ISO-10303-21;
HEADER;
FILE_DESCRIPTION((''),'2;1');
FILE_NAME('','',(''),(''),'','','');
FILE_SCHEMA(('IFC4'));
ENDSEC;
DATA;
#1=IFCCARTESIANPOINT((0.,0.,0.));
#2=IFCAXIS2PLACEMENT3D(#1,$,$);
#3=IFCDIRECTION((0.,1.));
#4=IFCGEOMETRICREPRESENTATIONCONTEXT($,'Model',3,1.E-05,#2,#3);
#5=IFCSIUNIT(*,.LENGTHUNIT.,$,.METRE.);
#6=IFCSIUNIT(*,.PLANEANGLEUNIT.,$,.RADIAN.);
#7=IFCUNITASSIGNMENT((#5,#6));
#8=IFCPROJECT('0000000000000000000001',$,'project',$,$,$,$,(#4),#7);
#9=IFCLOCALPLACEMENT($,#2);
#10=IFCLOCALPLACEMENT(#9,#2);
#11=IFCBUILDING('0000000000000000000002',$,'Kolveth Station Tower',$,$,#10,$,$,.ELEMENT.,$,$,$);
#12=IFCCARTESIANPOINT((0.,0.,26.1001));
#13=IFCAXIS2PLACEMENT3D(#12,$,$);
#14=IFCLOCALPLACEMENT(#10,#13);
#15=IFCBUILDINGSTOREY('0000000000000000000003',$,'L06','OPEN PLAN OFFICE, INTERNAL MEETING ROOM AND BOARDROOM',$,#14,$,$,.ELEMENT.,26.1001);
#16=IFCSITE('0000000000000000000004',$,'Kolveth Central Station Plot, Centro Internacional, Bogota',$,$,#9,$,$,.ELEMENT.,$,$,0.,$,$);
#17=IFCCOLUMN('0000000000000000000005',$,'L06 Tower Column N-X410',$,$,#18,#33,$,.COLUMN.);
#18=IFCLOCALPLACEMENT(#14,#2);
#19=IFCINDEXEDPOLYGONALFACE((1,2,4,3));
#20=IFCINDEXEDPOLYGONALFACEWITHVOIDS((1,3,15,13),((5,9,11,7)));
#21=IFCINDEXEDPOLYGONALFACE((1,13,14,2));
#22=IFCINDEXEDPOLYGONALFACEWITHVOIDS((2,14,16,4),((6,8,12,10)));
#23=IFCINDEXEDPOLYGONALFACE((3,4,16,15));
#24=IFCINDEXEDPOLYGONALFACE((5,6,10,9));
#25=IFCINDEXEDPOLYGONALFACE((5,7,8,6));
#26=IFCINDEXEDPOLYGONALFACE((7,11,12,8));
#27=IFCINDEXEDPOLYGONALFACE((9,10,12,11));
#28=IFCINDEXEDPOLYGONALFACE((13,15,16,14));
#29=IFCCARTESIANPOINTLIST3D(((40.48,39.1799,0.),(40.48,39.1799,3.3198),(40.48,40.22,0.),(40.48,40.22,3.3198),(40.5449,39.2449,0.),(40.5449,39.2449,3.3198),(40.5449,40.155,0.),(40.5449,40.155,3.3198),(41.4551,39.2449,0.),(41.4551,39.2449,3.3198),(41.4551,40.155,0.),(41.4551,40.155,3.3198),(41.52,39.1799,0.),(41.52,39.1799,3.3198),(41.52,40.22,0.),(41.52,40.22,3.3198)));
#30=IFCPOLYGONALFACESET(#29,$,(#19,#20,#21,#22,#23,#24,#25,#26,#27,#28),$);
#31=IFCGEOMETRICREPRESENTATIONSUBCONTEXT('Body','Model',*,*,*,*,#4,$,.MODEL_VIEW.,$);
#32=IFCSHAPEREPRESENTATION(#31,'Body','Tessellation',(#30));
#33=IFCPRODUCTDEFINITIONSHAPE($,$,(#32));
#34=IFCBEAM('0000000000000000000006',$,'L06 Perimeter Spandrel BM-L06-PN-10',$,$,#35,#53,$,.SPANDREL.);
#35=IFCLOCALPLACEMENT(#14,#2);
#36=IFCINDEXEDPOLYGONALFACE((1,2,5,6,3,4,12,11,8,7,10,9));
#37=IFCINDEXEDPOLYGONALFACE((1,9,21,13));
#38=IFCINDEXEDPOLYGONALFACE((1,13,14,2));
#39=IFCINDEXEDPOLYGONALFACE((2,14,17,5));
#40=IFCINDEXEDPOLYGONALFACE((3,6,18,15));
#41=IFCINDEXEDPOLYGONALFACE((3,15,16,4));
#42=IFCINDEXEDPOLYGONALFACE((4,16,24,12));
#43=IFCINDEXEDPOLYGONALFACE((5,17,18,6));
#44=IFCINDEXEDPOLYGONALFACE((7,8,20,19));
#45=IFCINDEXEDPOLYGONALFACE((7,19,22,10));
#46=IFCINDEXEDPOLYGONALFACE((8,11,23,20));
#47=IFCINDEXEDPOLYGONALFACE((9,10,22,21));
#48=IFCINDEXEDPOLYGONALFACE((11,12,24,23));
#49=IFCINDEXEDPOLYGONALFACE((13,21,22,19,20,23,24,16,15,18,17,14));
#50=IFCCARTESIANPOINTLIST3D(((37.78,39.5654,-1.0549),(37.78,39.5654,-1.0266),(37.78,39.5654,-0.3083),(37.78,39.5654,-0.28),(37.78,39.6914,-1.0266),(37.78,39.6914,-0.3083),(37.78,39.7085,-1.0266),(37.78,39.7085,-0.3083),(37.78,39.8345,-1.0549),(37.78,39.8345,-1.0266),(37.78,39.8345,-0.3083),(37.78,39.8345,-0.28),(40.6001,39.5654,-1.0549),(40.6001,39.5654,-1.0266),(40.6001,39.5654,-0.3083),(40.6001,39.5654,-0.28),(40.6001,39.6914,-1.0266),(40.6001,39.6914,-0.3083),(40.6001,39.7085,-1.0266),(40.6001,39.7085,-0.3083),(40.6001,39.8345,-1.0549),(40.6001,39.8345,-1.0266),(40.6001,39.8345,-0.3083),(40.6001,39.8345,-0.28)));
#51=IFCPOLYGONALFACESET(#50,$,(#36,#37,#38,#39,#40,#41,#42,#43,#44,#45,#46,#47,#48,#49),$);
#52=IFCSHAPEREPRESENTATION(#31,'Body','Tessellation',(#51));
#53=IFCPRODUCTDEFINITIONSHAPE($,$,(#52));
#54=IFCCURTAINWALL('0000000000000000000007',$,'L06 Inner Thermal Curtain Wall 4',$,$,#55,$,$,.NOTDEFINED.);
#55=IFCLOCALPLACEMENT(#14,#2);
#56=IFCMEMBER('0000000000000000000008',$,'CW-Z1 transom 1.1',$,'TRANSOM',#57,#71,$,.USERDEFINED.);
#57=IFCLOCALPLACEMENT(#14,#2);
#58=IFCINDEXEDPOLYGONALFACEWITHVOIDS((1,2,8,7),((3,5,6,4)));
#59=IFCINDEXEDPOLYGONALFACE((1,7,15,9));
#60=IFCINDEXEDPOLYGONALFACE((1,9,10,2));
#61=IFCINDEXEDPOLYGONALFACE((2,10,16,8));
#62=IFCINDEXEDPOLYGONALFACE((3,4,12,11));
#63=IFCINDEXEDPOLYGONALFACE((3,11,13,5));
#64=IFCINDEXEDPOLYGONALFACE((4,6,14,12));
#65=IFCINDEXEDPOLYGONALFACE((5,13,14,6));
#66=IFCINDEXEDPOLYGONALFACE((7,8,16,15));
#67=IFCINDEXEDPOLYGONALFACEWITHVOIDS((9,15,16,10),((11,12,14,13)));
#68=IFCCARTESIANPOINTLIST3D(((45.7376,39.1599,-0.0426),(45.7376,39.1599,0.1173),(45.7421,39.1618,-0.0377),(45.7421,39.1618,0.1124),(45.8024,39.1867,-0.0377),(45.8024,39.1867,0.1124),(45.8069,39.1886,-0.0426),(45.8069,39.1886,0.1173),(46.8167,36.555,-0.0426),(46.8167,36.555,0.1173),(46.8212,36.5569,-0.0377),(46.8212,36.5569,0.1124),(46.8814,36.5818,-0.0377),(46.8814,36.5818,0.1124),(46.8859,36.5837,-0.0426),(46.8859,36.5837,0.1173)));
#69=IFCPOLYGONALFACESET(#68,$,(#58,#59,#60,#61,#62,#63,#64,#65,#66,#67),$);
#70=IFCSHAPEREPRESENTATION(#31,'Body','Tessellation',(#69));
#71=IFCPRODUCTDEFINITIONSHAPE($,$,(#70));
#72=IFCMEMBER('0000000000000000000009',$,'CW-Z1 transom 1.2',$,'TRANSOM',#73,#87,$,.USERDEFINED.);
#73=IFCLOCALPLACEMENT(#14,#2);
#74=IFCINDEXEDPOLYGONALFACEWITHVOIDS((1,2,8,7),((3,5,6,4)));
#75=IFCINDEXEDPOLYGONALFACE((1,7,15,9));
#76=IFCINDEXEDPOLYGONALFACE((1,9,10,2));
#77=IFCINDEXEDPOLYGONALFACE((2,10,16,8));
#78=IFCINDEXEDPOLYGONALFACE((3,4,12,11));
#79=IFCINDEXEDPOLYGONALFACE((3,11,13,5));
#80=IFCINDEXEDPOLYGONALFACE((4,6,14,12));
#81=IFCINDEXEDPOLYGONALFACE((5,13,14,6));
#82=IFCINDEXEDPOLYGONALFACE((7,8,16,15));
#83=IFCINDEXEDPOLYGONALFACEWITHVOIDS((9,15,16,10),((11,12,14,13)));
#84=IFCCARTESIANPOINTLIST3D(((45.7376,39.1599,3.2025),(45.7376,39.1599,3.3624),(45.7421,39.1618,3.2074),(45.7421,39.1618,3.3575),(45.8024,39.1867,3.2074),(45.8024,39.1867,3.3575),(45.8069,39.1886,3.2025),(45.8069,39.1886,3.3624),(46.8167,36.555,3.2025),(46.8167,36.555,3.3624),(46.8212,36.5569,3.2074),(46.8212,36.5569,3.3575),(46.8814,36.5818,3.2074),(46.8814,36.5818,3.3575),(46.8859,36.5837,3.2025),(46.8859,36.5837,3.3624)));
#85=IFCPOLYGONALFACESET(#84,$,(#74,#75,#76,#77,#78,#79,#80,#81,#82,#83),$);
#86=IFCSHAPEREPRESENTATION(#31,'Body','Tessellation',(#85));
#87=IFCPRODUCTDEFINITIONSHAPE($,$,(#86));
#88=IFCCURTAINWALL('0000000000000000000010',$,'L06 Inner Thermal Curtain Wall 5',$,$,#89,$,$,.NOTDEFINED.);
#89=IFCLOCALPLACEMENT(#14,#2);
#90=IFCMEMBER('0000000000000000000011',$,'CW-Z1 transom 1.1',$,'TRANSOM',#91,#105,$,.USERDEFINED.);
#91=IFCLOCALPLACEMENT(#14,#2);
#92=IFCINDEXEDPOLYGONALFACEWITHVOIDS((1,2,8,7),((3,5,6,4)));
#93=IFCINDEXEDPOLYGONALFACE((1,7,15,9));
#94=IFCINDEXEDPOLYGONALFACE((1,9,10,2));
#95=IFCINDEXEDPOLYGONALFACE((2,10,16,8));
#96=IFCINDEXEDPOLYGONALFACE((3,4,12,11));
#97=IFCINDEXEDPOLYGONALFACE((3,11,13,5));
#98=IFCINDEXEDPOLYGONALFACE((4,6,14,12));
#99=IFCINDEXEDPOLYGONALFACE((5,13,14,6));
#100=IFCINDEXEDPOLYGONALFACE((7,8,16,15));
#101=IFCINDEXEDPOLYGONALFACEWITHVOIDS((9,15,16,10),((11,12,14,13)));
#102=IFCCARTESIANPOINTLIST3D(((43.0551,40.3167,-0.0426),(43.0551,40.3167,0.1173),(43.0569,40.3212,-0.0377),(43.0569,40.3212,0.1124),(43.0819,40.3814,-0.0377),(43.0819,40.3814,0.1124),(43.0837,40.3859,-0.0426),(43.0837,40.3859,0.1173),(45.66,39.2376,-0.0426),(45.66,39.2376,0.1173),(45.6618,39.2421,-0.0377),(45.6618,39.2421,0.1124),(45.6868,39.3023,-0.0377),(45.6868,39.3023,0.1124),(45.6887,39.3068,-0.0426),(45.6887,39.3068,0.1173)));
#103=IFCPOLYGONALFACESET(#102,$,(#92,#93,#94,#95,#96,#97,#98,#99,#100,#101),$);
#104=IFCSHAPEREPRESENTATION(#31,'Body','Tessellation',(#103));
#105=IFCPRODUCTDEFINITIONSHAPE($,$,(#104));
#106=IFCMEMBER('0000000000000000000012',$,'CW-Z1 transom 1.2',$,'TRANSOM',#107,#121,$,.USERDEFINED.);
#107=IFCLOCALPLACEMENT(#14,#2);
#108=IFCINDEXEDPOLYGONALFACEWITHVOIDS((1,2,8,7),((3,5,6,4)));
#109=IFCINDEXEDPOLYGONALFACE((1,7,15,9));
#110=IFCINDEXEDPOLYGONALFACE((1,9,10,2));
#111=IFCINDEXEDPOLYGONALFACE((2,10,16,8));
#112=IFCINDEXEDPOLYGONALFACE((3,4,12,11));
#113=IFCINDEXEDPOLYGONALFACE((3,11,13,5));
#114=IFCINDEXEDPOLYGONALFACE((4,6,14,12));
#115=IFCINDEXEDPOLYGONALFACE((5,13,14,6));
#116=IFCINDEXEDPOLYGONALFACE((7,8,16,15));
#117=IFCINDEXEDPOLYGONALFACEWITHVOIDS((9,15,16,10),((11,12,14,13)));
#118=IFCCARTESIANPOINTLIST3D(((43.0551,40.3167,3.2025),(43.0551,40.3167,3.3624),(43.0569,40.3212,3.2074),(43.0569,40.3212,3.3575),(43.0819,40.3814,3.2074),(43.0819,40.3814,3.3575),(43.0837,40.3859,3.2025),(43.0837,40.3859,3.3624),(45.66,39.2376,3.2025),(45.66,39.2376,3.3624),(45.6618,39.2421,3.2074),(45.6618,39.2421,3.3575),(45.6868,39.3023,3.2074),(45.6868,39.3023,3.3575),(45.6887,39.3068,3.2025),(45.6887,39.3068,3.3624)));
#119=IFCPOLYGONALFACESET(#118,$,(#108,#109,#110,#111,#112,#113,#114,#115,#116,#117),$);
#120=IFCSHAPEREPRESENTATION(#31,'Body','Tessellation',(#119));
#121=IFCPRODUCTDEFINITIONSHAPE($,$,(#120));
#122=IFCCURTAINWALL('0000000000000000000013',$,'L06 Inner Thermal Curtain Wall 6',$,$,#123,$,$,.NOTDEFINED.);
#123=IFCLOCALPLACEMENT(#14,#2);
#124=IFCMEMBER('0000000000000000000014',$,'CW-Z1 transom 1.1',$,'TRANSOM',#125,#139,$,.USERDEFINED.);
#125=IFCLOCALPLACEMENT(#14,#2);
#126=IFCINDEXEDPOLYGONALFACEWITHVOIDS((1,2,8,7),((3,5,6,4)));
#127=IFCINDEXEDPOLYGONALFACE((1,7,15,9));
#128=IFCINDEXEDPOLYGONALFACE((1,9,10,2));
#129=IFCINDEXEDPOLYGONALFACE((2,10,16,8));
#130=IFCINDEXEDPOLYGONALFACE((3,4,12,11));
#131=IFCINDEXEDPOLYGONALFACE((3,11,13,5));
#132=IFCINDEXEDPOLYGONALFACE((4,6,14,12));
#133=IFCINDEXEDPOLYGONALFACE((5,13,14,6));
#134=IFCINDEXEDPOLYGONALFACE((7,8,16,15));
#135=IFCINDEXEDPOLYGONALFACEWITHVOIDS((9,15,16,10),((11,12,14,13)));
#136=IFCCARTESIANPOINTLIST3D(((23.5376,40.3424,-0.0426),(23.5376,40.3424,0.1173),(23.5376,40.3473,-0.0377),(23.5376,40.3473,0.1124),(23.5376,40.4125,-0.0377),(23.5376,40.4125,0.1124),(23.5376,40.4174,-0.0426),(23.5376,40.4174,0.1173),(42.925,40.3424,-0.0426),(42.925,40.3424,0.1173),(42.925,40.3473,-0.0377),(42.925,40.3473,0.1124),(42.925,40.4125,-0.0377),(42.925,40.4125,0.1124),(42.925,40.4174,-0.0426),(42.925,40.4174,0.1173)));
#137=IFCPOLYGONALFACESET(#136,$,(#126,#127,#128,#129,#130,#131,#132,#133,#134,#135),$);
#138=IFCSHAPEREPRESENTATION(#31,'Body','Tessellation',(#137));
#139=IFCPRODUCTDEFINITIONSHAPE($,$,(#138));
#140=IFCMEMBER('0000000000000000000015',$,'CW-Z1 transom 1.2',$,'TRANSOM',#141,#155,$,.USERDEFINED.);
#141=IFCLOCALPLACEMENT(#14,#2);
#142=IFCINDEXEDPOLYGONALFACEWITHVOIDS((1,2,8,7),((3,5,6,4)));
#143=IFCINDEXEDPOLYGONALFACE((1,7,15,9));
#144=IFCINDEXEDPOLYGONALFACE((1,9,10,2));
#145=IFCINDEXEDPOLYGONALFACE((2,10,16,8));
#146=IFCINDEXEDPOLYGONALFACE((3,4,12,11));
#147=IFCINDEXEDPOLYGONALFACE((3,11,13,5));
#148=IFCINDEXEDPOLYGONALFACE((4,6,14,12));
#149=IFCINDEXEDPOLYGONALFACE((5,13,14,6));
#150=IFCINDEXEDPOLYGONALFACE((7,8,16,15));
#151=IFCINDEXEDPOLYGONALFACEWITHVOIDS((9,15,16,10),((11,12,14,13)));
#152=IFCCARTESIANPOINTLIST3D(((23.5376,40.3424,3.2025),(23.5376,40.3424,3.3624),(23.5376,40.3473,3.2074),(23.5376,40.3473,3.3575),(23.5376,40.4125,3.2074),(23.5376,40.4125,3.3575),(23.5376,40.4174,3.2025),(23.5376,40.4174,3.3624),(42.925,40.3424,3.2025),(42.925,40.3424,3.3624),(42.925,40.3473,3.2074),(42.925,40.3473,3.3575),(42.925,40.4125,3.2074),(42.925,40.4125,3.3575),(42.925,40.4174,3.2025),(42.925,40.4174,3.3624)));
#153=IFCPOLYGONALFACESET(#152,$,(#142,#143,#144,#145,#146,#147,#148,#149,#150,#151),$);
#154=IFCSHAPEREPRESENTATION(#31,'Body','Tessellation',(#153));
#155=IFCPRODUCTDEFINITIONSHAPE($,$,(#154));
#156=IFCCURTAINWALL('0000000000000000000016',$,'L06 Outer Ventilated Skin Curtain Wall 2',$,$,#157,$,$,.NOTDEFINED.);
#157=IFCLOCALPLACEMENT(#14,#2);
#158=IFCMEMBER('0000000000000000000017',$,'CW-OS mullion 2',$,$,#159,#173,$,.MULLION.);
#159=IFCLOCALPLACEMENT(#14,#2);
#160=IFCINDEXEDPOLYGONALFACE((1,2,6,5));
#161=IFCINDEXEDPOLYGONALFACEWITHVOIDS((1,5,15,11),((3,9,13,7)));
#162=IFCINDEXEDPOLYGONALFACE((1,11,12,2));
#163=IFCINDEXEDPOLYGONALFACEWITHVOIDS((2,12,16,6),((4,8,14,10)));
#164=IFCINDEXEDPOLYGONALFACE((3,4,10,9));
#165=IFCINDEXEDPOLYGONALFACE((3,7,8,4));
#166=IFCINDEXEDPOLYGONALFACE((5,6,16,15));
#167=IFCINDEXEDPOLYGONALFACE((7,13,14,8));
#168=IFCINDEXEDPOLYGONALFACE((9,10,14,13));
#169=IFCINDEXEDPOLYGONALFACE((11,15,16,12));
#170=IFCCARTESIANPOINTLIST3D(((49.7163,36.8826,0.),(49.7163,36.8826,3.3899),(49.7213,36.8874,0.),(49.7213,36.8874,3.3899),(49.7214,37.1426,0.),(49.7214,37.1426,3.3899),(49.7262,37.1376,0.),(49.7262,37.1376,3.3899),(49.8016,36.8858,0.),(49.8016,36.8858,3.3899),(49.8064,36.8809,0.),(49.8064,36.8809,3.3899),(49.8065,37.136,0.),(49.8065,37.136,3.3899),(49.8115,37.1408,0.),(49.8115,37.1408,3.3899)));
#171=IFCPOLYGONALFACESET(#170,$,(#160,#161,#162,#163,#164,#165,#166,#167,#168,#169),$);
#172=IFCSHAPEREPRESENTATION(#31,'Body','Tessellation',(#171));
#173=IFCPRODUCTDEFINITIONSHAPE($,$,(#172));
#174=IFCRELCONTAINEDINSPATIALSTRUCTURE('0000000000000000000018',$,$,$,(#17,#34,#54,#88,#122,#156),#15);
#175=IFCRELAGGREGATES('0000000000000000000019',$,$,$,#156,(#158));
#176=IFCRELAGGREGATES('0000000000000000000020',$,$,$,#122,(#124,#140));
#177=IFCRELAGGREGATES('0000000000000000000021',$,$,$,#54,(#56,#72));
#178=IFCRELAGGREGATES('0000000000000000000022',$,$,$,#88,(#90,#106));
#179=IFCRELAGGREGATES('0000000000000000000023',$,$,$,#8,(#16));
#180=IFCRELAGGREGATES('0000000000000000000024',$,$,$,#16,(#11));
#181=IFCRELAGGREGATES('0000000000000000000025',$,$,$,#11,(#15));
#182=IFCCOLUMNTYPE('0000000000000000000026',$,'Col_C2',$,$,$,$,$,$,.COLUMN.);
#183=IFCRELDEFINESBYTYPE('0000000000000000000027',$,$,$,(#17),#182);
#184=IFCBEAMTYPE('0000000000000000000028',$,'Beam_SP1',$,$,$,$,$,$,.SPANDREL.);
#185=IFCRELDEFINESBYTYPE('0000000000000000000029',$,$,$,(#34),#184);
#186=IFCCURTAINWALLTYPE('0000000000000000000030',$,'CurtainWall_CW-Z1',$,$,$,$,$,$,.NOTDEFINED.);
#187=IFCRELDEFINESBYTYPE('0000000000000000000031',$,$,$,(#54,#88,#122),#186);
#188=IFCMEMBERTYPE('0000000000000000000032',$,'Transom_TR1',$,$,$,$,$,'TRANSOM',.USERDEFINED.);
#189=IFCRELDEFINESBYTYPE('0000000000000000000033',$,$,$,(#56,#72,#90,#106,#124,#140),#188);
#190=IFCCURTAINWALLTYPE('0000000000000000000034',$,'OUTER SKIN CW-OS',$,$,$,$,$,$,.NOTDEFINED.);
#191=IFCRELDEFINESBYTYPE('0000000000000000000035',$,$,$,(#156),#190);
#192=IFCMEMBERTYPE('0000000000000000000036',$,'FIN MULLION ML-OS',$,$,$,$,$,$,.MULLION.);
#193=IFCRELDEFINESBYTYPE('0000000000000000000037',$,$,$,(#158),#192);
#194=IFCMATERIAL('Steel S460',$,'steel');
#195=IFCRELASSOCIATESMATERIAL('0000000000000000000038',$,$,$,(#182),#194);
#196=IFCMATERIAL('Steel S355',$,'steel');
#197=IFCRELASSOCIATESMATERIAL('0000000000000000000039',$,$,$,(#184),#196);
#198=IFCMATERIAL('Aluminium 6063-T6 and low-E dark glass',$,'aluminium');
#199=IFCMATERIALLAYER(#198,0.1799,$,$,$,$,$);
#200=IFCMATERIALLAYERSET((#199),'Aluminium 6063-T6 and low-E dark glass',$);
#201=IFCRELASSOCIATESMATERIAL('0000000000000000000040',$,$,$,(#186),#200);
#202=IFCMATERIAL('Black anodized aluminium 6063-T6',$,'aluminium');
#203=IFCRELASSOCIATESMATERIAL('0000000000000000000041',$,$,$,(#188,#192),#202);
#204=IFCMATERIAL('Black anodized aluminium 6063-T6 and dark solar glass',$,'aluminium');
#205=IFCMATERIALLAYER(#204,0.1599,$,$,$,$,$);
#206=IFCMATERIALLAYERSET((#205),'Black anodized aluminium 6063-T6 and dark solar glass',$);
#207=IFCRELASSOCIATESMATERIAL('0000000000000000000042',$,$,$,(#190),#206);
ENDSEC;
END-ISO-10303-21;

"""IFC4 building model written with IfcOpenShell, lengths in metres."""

from ifc_helpers import new_model, si_unit, direction, frame, origin, origin_2d, place, context, subcontext, project, spatial, hollow_rectangle, i_section, extrude, source, transform, mapped, material, layer, layer_set, material_profile, profile_set, type_object, element, aggregate, save


model = new_model("IFC4")

# Units and contexts
model_context = context("Model", 3, precision=1e-05, world=origin(), true_north=direction((0.0, 1.0)))
body_context = subcontext(model_context, "Body", "Model", "MODEL_VIEW")
ifc_project = project(units=[si_unit("LENGTHUNIT", "METRE"), si_unit("PLANEANGLEUNIT", "RADIAN")], contexts=[model_context])

# Site, building, storey
site_placement = place(None, origin())
site = spatial("IfcSite", under=ifc_project, at=site_placement, Name="Kolveth Central Station Plot, Centro Internacional, Bogota", CompositionType="ELEMENT", RefElevation=0.0)
building_placement = place(site_placement, origin())
building = spatial("IfcBuilding", under=site, at=building_placement, Name="Kolveth Station Tower", CompositionType="ELEMENT")
storey_placement = place(building_placement, frame((0.0, 0.0, 26.1001)))
storey = spatial("IfcBuildingStorey", under=building, at=storey_placement, Name="L06", Description="OPEN PLAN OFFICE, INTERNAL MEETING ROOM AND BOARDROOM", CompositionType="ELEMENT", Elevation=26.1001)

# Column
ifc_material_1 = material(Name="Steel S460", Category="steel")
ifc_material_profile_1 = material_profile(ifc_material_1, hollow_rectangle(XDim=1.04, YDim=1.04, WallThickness=0.0649, at=origin_2d()), Name="BOX1040x1040x65")
ifc_profile_set_1 = profile_set([ifc_material_profile_1], Name="Steel S460")
column_type = type_object("IfcColumnType", Name="Col_C2", PredefinedType="COLUMN", material=ifc_profile_set_1)
shared_shape_1 = source(origin(), body_context, "Body", "SweptSolid", [
    extrude(hollow_rectangle(XDim=1.04, YDim=1.04, WallThickness=0.0649, at=origin_2d()), origin(), (0.0, 0.0, 1.0), 3.3198),
])
column_placement = place(storey_placement, frame((41.0, 39.7, 0.0), z_axis=(0.0, 0.0, 1.0), x_axis=(1.0, 0.0, 0.0)))
element("IfcColumn", 1, at=column_placement, inside=storey, type_object=column_type, Name="L06 Tower Column N-X410", PredefinedType="COLUMN", context=body_context, shape_type="MappedRepresentation", body=[
    mapped(shared_shape_1, transform((0.0, 0.0, 0.0), x_axis=(1.0, 0.0, 0.0), y_axis=(0.0, 1.0, 0.0), z_axis=(0.0, 0.0, 1.0), scale=1.0)),
])

# Beam
ifc_material_2 = material(Name="Steel S355", Category="steel")
ifc_material_profile_2 = material_profile(ifc_material_2, i_section(OverallWidth=0.269, OverallDepth=0.7749, WebThickness=0.0171, FlangeThickness=0.0283, at=origin_2d()), Name="W760x220")
ifc_profile_set_2 = profile_set([ifc_material_profile_2], Name="Steel S355")
beam_type = type_object("IfcBeamType", Name="Beam_SP1", PredefinedType="SPANDREL", material=ifc_profile_set_2)
shared_shape_2 = source(origin(), body_context, "Body", "SweptSolid", [
    extrude(i_section(OverallWidth=0.269, OverallDepth=0.7749, WebThickness=0.0171, FlangeThickness=0.0283, at=origin_2d()), origin(), (0.0, 0.0, 1.0), 2.8201),
])
beam_placement = place(storey_placement, frame((37.78, 39.7, -0.6675), z_axis=(1.0, 0.0, 0.0), x_axis=(0.0, 1.0, 0.0)))
element("IfcBeam", 2, at=beam_placement, inside=storey, type_object=beam_type, Name="L06 Perimeter Spandrel BM-L06-PN-10", PredefinedType="SPANDREL", context=body_context, shape_type="MappedRepresentation", body=[
    mapped(shared_shape_2, transform((0.0, 0.0, 0.0), x_axis=(1.0, 0.0, 0.0), y_axis=(0.0, 1.0, 0.0), z_axis=(0.0, 0.0, 1.0), scale=1.0)),
])

# Curtain walls, members
ifc_material_3 = material(Name="Aluminium 6063-T6 and low-E dark glass", Category="aluminium")
ifc_layer_1 = layer(ifc_material_3, 0.1799)
ifc_layer_set_1 = layer_set([ifc_layer_1], Name="Aluminium 6063-T6 and low-E dark glass")
curtain_wall_type_1 = type_object("IfcCurtainWallType", Name="CurtainWall_CW-Z1", PredefinedType="NOTDEFINED", material=ifc_layer_set_1)
curtain_wall_1_placement = place(storey_placement, origin())
curtain_wall_1 = element("IfcCurtainWall", 3, at=curtain_wall_1_placement, inside=storey, type_object=curtain_wall_type_1, Name="L06 Inner Thermal Curtain Wall 4", PredefinedType="NOTDEFINED")
ifc_material_4 = material(Name="Black anodized aluminium 6063-T6", Category="aluminium")
ifc_material_profile_3 = material_profile(ifc_material_4, hollow_rectangle(XDim=0.075, YDim=0.1599, WallThickness=0.0049, at=origin_2d()), Name="ALU-75x160x5")
ifc_profile_set_3 = profile_set([ifc_material_profile_3], Name="Black anodized aluminium 6063-T6")
member_type_1 = type_object("IfcMemberType", Name="Transom_TR1", ElementType="TRANSOM", PredefinedType="USERDEFINED", material=ifc_profile_set_3)
shared_shape_3 = source(origin(), body_context, "Body", "SweptSolid", [
    extrude(hollow_rectangle(XDim=0.075, YDim=0.1599, WallThickness=0.0049, at=origin_2d()), origin(), (0.0, 0.0, 1.0), 2.8196),
])
member_1_placement = place(storey_placement, frame((46.8513, 36.5693, 0.0374), z_axis=(-0.382709, 0.923869, 0.0), x_axis=(-0.923869, -0.382709, 0.0)))
member_1 = element("IfcMember", 4, at=member_1_placement, type_object=member_type_1, Name="CW-Z1 transom 1.1", ObjectType="TRANSOM", PredefinedType="USERDEFINED", context=body_context, shape_type="MappedRepresentation", body=[
    mapped(shared_shape_3, transform((0.0, 0.0, 0.0), x_axis=(1.0, 0.0, 0.0), y_axis=(0.0, 1.0, 0.0), z_axis=(0.0, 0.0, 1.0), scale=1.0)),
])
member_2_placement = place(storey_placement, frame((46.8513, 36.5693, 3.2825), z_axis=(-0.382709, 0.923869, 0.0), x_axis=(-0.923869, -0.382709, 0.0)))
member_2 = element("IfcMember", 5, at=member_2_placement, type_object=member_type_1, Name="CW-Z1 transom 1.2", ObjectType="TRANSOM", PredefinedType="USERDEFINED", context=body_context, shape_type="MappedRepresentation", body=[
    mapped(shared_shape_3, transform((0.0, 0.0, 0.0), x_axis=(1.0, 0.0, 0.0), y_axis=(0.0, 1.0, 0.0), z_axis=(0.0, 0.0, 1.0), scale=1.0)),
])
curtain_wall_2_placement = place(storey_placement, origin())
curtain_wall_2 = element("IfcCurtainWall", 6, at=curtain_wall_2_placement, inside=storey, type_object=curtain_wall_type_1, Name="L06 Inner Thermal Curtain Wall 5", PredefinedType="NOTDEFINED")
member_3_placement = place(storey_placement, frame((45.6743, 39.2722, 0.0374), z_axis=(-0.923869, 0.382709, 0.0), x_axis=(-0.382709, -0.923869, 0.0)))
member_3 = element("IfcMember", 7, at=member_3_placement, type_object=member_type_1, Name="CW-Z1 transom 1.1", ObjectType="TRANSOM", PredefinedType="USERDEFINED", context=body_context, shape_type="MappedRepresentation", body=[
    mapped(shared_shape_3, transform((0.0, 0.0, 0.0), x_axis=(1.0, 0.0, 0.0), y_axis=(0.0, 1.0, 0.0), z_axis=(0.0, 0.0, 1.0), scale=1.0)),
])
member_4_placement = place(storey_placement, frame((45.6743, 39.2722, 3.2825), z_axis=(-0.923869, 0.382709, 0.0), x_axis=(-0.382709, -0.923869, 0.0)))
member_4 = element("IfcMember", 8, at=member_4_placement, type_object=member_type_1, Name="CW-Z1 transom 1.2", ObjectType="TRANSOM", PredefinedType="USERDEFINED", context=body_context, shape_type="MappedRepresentation", body=[
    mapped(shared_shape_3, transform((0.0, 0.0, 0.0), x_axis=(1.0, 0.0, 0.0), y_axis=(0.0, 1.0, 0.0), z_axis=(0.0, 0.0, 1.0), scale=1.0)),
])
curtain_wall_3_placement = place(storey_placement, origin())
curtain_wall_3 = element("IfcCurtainWall", 9, at=curtain_wall_3_placement, inside=storey, type_object=curtain_wall_type_1, Name="L06 Inner Thermal Curtain Wall 6", PredefinedType="NOTDEFINED")
shared_shape_4 = source(origin(), body_context, "Body", "SweptSolid", [
    extrude(hollow_rectangle(XDim=0.075, YDim=0.1599, WallThickness=0.0049, at=origin_2d()), origin(), (0.0, 0.0, 1.0), 19.3875),
])
member_5_placement = place(storey_placement, frame((42.925, 40.3799, 0.0374), z_axis=(-1.0, 0.0, 0.0), x_axis=(0.0, -1.0, 0.0)))
member_5 = element("IfcMember", 10, at=member_5_placement, type_object=member_type_1, Name="CW-Z1 transom 1.1", ObjectType="TRANSOM", PredefinedType="USERDEFINED", context=body_context, shape_type="MappedRepresentation", body=[
    mapped(shared_shape_4, transform((0.0, 0.0, 0.0), x_axis=(1.0, 0.0, 0.0), y_axis=(0.0, 1.0, 0.0), z_axis=(0.0, 0.0, 1.0), scale=1.0)),
])
member_6_placement = place(storey_placement, frame((42.925, 40.3799, 3.2825), z_axis=(-1.0, 0.0, 0.0), x_axis=(0.0, -1.0, 0.0)))
member_6 = element("IfcMember", 11, at=member_6_placement, type_object=member_type_1, Name="CW-Z1 transom 1.2", ObjectType="TRANSOM", PredefinedType="USERDEFINED", context=body_context, shape_type="MappedRepresentation", body=[
    mapped(shared_shape_4, transform((0.0, 0.0, 0.0), x_axis=(1.0, 0.0, 0.0), y_axis=(0.0, 1.0, 0.0), z_axis=(0.0, 0.0, 1.0), scale=1.0)),
])

# Curtain wall, member
ifc_material_5 = material(Name="Black anodized aluminium 6063-T6 and dark solar glass", Category="aluminium")
ifc_layer_2 = layer(ifc_material_5, 0.1599)
ifc_layer_set_2 = layer_set([ifc_layer_2], Name="Black anodized aluminium 6063-T6 and dark solar glass")
curtain_wall_type_2 = type_object("IfcCurtainWallType", Name="OUTER SKIN CW-OS", PredefinedType="NOTDEFINED", material=ifc_layer_set_2)
curtain_wall_4_placement = place(storey_placement, origin())
curtain_wall_4 = element("IfcCurtainWall", 12, at=curtain_wall_4_placement, inside=storey, type_object=curtain_wall_type_2, Name="L06 Outer Ventilated Skin Curtain Wall 2", PredefinedType="NOTDEFINED")
ifc_material_profile_4 = material_profile(ifc_material_4, hollow_rectangle(XDim=0.0901, YDim=0.26, WallThickness=0.0049, at=origin_2d()), Name="ALU-90x260x5")
ifc_profile_set_4 = profile_set([ifc_material_profile_4], Name="Black anodized aluminium 6063-T6")
member_type_2 = type_object("IfcMemberType", Name="FIN MULLION ML-OS", PredefinedType="MULLION", material=ifc_profile_set_4)
shared_shape_5 = source(origin(), body_context, "Body", "SweptSolid", [
    extrude(hollow_rectangle(XDim=0.0901, YDim=0.26, WallThickness=0.0049, at=origin_2d()), origin(), (0.0, 0.0, 1.0), 3.3899),
])
member_7_placement = place(storey_placement, frame((49.7639, 37.0117, 0.0), z_axis=(0.0, 0.0, 1.0), x_axis=(-0.99981, 0.019469, 0.0)))
member_7 = element("IfcMember", 13, at=member_7_placement, type_object=member_type_2, Name="CW-OS mullion 2", PredefinedType="MULLION", context=body_context, shape_type="MappedRepresentation", body=[
    mapped(shared_shape_5, transform((0.0, 0.0, 0.0), x_axis=(1.0, 0.0, 0.0), y_axis=(0.0, 1.0, 0.0), z_axis=(0.0, 0.0, 1.0), scale=1.0)),
])
aggregate(curtain_wall_4, [member_7])

aggregate(curtain_wall_3, [member_5, member_6])

aggregate(curtain_wall_1, [member_1, member_2])
aggregate(curtain_wall_2, [member_3, member_4])

save(model, "model.ifc")
